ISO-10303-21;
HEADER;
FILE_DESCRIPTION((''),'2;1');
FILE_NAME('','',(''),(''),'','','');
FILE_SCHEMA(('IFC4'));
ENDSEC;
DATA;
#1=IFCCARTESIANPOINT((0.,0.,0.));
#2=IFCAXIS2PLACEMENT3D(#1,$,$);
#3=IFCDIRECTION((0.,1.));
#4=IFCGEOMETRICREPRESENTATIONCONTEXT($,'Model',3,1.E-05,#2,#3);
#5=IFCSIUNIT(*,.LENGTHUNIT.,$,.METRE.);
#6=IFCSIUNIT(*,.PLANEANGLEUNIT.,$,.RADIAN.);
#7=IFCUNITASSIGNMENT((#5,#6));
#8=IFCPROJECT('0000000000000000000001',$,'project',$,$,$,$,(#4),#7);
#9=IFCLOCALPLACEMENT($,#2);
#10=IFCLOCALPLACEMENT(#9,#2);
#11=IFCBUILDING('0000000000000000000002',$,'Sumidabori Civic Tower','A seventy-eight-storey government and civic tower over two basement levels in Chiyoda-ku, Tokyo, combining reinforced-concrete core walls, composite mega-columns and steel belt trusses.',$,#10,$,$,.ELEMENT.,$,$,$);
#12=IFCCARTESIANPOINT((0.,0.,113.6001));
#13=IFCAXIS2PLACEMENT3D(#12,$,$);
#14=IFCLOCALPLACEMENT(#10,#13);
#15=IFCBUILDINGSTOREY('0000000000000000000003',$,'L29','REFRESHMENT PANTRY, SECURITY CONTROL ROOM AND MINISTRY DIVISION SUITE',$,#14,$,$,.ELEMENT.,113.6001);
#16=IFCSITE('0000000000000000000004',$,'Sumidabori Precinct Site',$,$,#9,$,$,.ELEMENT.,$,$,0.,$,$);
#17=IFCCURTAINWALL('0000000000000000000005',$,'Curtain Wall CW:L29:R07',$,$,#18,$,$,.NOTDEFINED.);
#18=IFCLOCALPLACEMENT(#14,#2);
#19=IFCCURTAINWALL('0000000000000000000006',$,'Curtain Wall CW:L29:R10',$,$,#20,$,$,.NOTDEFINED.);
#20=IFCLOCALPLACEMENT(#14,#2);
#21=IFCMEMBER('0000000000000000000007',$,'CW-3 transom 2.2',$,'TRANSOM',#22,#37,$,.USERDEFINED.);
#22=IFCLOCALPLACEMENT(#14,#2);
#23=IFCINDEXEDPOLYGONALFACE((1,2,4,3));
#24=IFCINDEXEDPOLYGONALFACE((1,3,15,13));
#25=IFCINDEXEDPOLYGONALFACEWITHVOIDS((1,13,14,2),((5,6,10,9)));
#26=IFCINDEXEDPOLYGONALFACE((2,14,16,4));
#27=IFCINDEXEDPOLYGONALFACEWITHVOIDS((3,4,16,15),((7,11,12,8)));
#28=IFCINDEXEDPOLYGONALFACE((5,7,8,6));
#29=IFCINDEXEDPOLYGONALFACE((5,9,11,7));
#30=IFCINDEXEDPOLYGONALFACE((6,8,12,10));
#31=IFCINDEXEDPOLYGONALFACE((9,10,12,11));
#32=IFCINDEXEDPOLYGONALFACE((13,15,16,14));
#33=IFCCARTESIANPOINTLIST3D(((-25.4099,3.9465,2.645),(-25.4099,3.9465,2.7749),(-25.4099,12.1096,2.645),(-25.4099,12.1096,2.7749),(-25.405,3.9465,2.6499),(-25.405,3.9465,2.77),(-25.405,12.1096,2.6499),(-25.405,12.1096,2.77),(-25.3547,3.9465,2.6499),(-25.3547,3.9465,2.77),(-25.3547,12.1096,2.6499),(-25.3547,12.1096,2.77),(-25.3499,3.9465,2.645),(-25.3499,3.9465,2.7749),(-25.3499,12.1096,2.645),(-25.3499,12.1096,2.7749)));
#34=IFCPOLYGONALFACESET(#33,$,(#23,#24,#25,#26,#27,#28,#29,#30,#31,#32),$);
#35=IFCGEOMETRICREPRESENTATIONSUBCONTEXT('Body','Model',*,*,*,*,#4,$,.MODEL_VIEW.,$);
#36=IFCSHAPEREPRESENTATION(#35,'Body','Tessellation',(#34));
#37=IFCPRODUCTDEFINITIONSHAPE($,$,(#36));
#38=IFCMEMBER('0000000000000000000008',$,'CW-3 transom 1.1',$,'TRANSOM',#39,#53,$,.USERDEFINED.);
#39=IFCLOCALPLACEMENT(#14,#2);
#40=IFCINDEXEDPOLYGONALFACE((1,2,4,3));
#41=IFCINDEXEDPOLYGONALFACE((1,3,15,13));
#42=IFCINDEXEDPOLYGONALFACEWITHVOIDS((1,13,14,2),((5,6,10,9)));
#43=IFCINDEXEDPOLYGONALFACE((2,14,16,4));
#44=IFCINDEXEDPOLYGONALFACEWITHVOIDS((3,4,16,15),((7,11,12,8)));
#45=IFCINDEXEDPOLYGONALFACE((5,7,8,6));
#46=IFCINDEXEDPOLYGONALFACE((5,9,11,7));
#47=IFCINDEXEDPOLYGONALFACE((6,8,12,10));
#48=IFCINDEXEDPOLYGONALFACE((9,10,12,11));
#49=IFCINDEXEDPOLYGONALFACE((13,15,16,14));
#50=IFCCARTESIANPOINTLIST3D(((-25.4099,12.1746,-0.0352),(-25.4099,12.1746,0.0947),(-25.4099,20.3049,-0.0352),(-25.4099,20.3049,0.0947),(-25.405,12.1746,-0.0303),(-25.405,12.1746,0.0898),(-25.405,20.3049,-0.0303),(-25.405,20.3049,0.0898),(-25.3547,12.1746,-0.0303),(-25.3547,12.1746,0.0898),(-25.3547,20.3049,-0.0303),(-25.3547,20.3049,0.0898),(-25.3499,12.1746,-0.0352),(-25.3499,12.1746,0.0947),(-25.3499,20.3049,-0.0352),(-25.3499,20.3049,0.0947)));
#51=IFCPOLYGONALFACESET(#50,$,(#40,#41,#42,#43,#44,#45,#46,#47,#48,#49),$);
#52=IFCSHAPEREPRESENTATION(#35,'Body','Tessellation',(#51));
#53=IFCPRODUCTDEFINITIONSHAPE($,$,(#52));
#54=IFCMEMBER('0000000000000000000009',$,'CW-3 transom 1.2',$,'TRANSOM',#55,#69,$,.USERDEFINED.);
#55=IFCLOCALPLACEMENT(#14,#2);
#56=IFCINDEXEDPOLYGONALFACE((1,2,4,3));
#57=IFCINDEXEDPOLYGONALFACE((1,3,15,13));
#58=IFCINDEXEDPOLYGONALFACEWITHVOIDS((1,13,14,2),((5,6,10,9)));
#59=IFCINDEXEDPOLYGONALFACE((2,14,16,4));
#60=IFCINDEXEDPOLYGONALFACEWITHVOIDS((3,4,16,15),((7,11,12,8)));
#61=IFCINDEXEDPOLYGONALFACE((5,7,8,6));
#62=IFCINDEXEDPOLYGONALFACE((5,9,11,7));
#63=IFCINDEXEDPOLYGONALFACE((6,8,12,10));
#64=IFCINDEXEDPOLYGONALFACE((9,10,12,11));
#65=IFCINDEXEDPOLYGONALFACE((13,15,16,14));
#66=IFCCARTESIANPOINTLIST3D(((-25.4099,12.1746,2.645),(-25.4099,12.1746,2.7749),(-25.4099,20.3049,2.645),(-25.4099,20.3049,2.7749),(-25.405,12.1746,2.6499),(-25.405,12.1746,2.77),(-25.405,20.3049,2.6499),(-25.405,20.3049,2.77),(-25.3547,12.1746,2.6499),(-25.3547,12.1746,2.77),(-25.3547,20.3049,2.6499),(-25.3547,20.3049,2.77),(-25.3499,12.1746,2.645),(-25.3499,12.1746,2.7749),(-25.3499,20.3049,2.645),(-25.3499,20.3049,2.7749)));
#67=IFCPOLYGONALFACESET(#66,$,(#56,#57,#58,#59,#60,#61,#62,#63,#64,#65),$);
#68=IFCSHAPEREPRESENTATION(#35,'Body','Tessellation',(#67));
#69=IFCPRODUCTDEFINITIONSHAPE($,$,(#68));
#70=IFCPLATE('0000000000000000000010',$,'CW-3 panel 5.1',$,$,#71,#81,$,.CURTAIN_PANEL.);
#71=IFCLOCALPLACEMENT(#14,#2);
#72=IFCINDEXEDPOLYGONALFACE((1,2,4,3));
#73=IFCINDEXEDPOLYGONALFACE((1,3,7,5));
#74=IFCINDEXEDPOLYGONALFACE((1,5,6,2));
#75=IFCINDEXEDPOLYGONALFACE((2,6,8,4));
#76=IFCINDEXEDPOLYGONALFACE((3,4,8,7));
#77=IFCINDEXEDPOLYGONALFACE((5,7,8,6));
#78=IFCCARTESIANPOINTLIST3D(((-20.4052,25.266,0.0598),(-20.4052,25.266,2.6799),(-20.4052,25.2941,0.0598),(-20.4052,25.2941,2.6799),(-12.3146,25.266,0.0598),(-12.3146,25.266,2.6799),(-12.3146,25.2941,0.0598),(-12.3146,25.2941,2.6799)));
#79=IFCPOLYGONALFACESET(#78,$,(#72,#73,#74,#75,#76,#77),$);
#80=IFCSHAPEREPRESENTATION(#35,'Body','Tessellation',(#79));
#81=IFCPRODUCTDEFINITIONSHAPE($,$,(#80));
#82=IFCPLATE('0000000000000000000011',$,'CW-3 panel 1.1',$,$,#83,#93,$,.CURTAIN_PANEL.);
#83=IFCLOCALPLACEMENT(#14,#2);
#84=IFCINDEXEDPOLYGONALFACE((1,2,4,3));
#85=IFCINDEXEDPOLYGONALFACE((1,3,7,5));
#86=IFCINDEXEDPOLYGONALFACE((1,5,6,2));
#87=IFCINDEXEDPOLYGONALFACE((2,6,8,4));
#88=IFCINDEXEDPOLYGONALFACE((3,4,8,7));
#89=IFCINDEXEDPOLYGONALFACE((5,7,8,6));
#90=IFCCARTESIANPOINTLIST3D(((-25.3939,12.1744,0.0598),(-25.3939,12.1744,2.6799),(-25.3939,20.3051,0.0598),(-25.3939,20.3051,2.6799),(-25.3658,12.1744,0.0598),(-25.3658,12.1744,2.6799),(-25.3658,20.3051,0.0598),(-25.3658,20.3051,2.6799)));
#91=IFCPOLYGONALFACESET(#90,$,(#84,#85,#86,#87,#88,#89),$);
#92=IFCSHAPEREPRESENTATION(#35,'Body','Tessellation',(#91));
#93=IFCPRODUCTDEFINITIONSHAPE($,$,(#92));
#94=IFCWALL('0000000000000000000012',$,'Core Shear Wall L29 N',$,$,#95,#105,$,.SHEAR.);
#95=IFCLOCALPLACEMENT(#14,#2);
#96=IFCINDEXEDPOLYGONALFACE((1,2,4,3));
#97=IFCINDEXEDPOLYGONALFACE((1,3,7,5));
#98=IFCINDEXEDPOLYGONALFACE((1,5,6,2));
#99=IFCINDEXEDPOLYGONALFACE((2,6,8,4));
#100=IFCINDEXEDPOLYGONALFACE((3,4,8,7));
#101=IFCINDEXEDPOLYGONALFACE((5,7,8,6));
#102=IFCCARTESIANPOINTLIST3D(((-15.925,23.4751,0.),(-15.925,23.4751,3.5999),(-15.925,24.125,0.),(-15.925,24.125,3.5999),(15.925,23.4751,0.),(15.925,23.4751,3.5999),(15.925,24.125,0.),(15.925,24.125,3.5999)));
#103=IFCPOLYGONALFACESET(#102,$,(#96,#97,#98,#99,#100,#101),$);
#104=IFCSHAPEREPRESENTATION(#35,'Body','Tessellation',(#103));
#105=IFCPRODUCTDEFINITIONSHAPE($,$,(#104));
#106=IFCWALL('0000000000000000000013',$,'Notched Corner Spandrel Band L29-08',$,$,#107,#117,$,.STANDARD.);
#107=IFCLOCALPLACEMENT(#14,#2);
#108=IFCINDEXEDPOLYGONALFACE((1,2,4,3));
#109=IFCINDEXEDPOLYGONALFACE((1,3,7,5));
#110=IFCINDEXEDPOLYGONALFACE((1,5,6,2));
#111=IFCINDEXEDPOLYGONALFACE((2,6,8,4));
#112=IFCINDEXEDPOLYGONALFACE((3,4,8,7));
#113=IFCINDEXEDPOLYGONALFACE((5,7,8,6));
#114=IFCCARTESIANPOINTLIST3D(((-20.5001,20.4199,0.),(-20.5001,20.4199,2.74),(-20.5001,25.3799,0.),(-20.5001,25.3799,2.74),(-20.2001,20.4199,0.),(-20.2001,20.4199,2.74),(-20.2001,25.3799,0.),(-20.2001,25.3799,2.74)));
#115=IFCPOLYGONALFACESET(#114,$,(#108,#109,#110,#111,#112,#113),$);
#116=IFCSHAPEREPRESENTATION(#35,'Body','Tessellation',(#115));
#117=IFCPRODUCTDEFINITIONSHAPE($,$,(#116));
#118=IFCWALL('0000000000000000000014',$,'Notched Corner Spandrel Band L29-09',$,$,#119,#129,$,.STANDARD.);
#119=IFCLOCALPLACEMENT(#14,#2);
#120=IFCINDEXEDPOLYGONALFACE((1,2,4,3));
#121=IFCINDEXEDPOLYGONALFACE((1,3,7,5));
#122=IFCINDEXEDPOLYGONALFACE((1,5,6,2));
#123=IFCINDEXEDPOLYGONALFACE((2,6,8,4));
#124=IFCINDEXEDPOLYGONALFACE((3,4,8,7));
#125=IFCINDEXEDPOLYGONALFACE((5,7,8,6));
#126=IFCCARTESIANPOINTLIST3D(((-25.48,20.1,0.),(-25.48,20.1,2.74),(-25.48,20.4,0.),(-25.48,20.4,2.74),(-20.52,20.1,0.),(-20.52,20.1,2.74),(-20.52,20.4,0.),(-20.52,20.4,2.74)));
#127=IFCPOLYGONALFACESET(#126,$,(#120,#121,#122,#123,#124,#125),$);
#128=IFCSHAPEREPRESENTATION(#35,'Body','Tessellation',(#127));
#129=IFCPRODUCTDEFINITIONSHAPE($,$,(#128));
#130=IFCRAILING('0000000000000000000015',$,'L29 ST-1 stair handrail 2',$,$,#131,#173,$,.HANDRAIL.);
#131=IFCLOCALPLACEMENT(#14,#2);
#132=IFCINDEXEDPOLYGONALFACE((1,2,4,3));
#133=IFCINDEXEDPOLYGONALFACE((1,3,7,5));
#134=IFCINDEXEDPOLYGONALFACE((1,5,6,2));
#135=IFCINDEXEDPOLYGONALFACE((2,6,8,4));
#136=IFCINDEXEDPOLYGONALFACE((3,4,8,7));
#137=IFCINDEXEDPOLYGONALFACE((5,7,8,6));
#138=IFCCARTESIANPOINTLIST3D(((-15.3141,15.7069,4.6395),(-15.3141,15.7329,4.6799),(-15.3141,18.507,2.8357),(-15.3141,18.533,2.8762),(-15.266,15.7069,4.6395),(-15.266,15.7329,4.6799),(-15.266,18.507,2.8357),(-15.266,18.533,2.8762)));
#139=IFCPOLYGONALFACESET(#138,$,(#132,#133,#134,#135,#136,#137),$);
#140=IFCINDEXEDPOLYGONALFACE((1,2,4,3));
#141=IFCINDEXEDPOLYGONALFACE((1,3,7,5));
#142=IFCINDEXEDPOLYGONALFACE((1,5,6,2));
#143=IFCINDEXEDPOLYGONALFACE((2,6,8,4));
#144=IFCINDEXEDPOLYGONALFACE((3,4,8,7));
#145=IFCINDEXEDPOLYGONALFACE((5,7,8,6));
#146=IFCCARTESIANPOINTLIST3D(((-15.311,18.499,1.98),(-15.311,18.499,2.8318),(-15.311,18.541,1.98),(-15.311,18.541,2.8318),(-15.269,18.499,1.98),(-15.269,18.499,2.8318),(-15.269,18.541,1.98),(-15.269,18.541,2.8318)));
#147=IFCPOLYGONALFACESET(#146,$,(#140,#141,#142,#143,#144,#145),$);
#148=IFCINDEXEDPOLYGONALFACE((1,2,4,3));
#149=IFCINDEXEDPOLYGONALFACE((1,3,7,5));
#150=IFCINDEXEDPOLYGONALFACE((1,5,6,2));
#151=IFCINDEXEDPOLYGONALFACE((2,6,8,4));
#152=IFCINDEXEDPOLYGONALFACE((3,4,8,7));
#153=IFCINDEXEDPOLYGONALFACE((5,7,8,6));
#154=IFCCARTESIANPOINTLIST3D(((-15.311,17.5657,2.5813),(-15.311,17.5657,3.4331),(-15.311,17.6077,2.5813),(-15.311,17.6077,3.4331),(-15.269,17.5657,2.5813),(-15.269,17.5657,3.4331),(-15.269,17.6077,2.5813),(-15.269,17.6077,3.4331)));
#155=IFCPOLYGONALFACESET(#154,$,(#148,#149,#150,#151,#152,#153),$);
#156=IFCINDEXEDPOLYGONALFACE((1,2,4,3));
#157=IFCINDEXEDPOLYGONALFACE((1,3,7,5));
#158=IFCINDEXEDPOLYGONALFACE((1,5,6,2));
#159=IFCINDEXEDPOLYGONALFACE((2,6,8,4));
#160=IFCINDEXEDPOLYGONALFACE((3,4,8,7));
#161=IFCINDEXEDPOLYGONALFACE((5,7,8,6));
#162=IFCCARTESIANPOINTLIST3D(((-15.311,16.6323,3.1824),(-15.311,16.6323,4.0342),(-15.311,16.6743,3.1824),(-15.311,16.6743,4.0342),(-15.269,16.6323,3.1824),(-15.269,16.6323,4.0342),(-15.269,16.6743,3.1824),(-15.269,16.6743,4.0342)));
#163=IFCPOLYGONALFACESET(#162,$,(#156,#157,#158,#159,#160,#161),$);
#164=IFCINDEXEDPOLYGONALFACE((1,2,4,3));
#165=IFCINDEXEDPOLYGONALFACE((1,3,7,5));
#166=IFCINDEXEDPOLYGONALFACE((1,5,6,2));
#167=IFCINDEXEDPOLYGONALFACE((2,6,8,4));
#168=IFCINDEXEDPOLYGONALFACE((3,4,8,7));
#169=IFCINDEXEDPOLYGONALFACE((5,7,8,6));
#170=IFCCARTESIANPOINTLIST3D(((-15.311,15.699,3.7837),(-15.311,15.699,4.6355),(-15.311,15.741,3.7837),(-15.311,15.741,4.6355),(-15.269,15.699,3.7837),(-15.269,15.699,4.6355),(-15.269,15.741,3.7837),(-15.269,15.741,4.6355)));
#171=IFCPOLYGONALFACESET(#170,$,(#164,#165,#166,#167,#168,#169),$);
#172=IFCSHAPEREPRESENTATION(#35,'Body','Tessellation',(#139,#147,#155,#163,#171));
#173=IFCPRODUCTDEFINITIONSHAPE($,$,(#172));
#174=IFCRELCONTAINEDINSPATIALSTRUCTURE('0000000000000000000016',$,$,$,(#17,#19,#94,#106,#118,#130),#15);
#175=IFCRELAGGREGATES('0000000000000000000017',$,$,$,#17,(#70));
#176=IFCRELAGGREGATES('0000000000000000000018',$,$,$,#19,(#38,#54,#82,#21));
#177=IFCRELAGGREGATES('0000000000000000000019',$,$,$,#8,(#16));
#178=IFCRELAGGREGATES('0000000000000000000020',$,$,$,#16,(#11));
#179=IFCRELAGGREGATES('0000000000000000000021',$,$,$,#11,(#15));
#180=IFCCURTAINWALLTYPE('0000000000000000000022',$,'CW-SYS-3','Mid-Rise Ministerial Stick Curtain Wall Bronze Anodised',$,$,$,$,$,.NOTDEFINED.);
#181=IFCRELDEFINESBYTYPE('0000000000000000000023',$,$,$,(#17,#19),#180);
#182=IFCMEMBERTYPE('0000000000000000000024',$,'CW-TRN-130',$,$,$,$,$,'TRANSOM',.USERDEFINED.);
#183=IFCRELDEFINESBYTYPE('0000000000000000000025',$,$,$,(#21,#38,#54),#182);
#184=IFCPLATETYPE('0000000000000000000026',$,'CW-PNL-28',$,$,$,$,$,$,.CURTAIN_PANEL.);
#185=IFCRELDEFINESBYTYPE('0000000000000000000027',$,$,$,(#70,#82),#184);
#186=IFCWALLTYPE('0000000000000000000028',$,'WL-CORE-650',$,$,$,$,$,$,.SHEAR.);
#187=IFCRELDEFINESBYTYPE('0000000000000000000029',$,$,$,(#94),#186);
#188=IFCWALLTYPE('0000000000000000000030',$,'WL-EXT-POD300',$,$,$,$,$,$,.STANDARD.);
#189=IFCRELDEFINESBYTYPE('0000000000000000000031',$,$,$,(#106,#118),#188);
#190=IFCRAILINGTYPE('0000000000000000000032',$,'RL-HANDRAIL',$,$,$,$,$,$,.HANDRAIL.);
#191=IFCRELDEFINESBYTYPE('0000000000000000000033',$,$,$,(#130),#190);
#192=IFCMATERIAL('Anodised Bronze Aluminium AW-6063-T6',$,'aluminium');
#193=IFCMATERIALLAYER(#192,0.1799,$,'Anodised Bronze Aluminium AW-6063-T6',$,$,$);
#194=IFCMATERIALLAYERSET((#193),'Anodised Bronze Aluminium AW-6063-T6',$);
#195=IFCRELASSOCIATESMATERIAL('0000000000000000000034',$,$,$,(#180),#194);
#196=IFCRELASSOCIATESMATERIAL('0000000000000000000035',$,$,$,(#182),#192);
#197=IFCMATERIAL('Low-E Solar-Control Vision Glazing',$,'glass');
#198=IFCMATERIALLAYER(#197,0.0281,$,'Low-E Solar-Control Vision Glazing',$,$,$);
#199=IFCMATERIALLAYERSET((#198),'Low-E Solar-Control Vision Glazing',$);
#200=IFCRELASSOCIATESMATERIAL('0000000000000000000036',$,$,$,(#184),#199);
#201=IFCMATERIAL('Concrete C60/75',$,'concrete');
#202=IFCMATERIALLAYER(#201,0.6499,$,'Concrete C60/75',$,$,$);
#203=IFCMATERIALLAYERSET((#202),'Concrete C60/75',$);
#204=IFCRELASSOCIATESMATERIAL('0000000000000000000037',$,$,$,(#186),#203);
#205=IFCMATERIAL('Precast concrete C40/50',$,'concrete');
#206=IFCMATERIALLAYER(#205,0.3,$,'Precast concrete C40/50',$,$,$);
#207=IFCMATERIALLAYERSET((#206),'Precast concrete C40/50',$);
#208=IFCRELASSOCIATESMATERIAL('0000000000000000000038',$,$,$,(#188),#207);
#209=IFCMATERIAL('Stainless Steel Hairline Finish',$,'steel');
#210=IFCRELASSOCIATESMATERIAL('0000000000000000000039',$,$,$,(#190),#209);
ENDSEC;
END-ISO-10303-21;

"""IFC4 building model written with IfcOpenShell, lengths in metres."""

from ifc_helpers import new_model, si_unit, direction, frame, frame_2d, origin, origin_2d, place, context, subcontext, project, spatial, rectangle, hollow_rectangle, extrude, source, transform, mapped, material, layer, layer_set, material_profile, profile_set, type_object, element, aggregate, save


model = new_model("IFC4")

# Units and contexts
model_context = context("Model", 3, precision=1e-05, world=origin(), true_north=direction((0.0, 1.0)))
body_context = subcontext(model_context, "Body", "Model", "MODEL_VIEW")
ifc_project = project(units=[si_unit("LENGTHUNIT", "METRE"), si_unit("PLANEANGLEUNIT", "RADIAN")], contexts=[model_context])

# Site, building, storey
site_placement = place(None, origin())
site = spatial("IfcSite", under=ifc_project, at=site_placement, Name="Sumidabori Precinct Site", CompositionType="ELEMENT", RefElevation=0.0)
building_placement = place(site_placement, origin())
building = spatial("IfcBuilding", under=site, at=building_placement, Name="Sumidabori Civic Tower", Description="A seventy-eight-storey government and civic tower over two basement levels in Chiyoda-ku, Tokyo, combining reinforced-concrete core walls, composite mega-columns and steel belt trusses.", CompositionType="ELEMENT")
storey_placement = place(building_placement, frame((0.0, 0.0, 113.6001)))
storey = spatial("IfcBuildingStorey", under=building, at=storey_placement, Name="L29", Description="REFRESHMENT PANTRY, SECURITY CONTROL ROOM AND MINISTRY DIVISION SUITE", CompositionType="ELEMENT", Elevation=113.6001)

# Shared definitions
ifc_material_1 = material(Name="Concrete C60/75", Category="concrete")

# Curtain wall
ifc_material_2 = material(Name="Anodised Bronze Aluminium AW-6063-T6", Category="aluminium")
ifc_layer_1 = layer(ifc_material_2, 0.1799, Name="Anodised Bronze Aluminium AW-6063-T6")
ifc_layer_set_1 = layer_set([ifc_layer_1], Name="Anodised Bronze Aluminium AW-6063-T6")
curtain_wall_type = type_object("IfcCurtainWallType", Name="CW-SYS-3", Description="Mid-Rise Ministerial Stick Curtain Wall Bronze Anodised", PredefinedType="NOTDEFINED", material=ifc_layer_set_1)
curtain_wall_1_placement = place(storey_placement, origin())
curtain_wall_1 = element("IfcCurtainWall", 1, at=curtain_wall_1_placement, inside=storey, type_object=curtain_wall_type, Name="Curtain Wall CW:L29:R07", PredefinedType="NOTDEFINED")

# Curtain wall, members
curtain_wall_2_placement = place(storey_placement, origin())
curtain_wall_2 = element("IfcCurtainWall", 2, at=curtain_wall_2_placement, inside=storey, type_object=curtain_wall_type, Name="Curtain Wall CW:L29:R10", PredefinedType="NOTDEFINED")
ifc_material_profile_1 = material_profile(ifc_material_2, hollow_rectangle(XDim=0.0601, YDim=0.1299, WallThickness=0.0049, at=origin_2d()), Name="ALU TRANSOM 130x60")
ifc_profile_set_1 = profile_set([ifc_material_profile_1], Name="Anodised Bronze Aluminium AW-6063-T6")
member_type_1 = type_object("IfcMemberType", Name="CW-TRN-130", ElementType="TRANSOM", PredefinedType="USERDEFINED", material=ifc_profile_set_1)
shared_shape_1 = source(origin(), body_context, "Body", "SweptSolid", [
    extrude(hollow_rectangle(XDim=0.0601, YDim=0.1299, WallThickness=0.0049, at=origin_2d()), origin(), (0.0, 0.0, 1.0), 8.1631),
])
member_1_placement = place(storey_placement, frame((-25.3799, 12.1096, 2.71), z_axis=(0.0, -1.0, 0.0), x_axis=(1.0, 0.0, 0.0)))
member_1 = element("IfcMember", 3, at=member_1_placement, type_object=member_type_1, Name="CW-3 transom 2.2", ObjectType="TRANSOM", PredefinedType="USERDEFINED", context=body_context, shape_type="MappedRepresentation", body=[
    mapped(shared_shape_1, transform((0.0, 0.0, 0.0), x_axis=(1.0, 0.0, 0.0), y_axis=(0.0, 1.0, 0.0), z_axis=(0.0, 0.0, 1.0), scale=1.0)),
])
shared_shape_2 = source(origin(), body_context, "Body", "SweptSolid", [
    extrude(hollow_rectangle(XDim=0.0601, YDim=0.1299, WallThickness=0.0049, at=origin_2d()), origin(), (0.0, 0.0, 1.0), 8.1304),
])
member_2_placement = place(storey_placement, frame((-25.3799, 20.3049, 0.0298), z_axis=(0.0, -1.0, 0.0), x_axis=(1.0, 0.0, 0.0)))
member_2 = element("IfcMember", 4, at=member_2_placement, type_object=member_type_1, Name="CW-3 transom 1.1", ObjectType="TRANSOM", PredefinedType="USERDEFINED", context=body_context, shape_type="MappedRepresentation", body=[
    mapped(shared_shape_2, transform((0.0, 0.0, 0.0), x_axis=(1.0, 0.0, 0.0), y_axis=(0.0, 1.0, 0.0), z_axis=(0.0, 0.0, 1.0), scale=1.0)),
])
member_3_placement = place(storey_placement, frame((-25.3799, 20.3049, 2.71), z_axis=(0.0, -1.0, 0.0), x_axis=(1.0, 0.0, 0.0)))
member_3 = element("IfcMember", 5, at=member_3_placement, type_object=member_type_1, Name="CW-3 transom 1.2", ObjectType="TRANSOM", PredefinedType="USERDEFINED", context=body_context, shape_type="MappedRepresentation", body=[
    mapped(shared_shape_2, transform((0.0, 0.0, 0.0), x_axis=(1.0, 0.0, 0.0), y_axis=(0.0, 1.0, 0.0), z_axis=(0.0, 0.0, 1.0), scale=1.0)),
])

# Plates
ifc_material_3 = material(Name="Low-E Solar-Control Vision Glazing", Category="glass")
ifc_layer_2 = layer(ifc_material_3, 0.0281, Name="Low-E Solar-Control Vision Glazing")
ifc_layer_set_2 = layer_set([ifc_layer_2], Name="Low-E Solar-Control Vision Glazing")
plate_type = type_object("IfcPlateType", Name="CW-PNL-28", PredefinedType="CURTAIN_PANEL", material=ifc_layer_set_2)
shared_shape_3 = source(origin(), body_context, "Body", "SweptSolid", [
    extrude(rectangle(XDim=8.0906, YDim=0.0281, at=origin_2d()), origin(), (0.0, 0.0, 1.0), 2.6201),
])
plate_1_placement = place(storey_placement, frame((-16.3599, 25.28, 0.0598), z_axis=(0.0, 0.0, 1.0), x_axis=(-1.0, 0.0, 0.0)))
plate_1 = element("IfcPlate", 6, at=plate_1_placement, type_object=plate_type, Name="CW-3 panel 5.1", PredefinedType="CURTAIN_PANEL", context=body_context, shape_type="MappedRepresentation", body=[
    mapped(shared_shape_3, transform((0.0, 0.0, 0.0), x_axis=(1.0, 0.0, 0.0), y_axis=(0.0, 1.0, 0.0), z_axis=(0.0, 0.0, 1.0), scale=1.0)),
])
aggregate(curtain_wall_1, [plate_1])
shared_shape_4 = source(origin(), body_context, "Body", "SweptSolid", [
    extrude(rectangle(XDim=8.1306, YDim=0.0281, at=origin_2d()), origin(), (0.0, 0.0, 1.0), 2.6201),
])
plate_2_placement = place(storey_placement, frame((-25.3799, 16.2397, 0.0598), z_axis=(0.0, 0.0, 1.0), x_axis=(0.0, -1.0, 0.0)))
plate_2 = element("IfcPlate", 7, at=plate_2_placement, type_object=plate_type, Name="CW-3 panel 1.1", PredefinedType="CURTAIN_PANEL", context=body_context, shape_type="MappedRepresentation", body=[
    mapped(shared_shape_4, transform((0.0, 0.0, 0.0), x_axis=(1.0, 0.0, 0.0), y_axis=(0.0, 1.0, 0.0), z_axis=(0.0, 0.0, 1.0), scale=1.0)),
])
aggregate(curtain_wall_2, [member_2, member_3, plate_2, member_1])

# Walls
ifc_layer_3 = layer(ifc_material_1, 0.6499, Name="Concrete C60/75")
ifc_layer_set_3 = layer_set([ifc_layer_3], Name="Concrete C60/75")
wall_type_1 = type_object("IfcWallType", Name="WL-CORE-650", PredefinedType="SHEAR", material=ifc_layer_set_3)
shared_shape_5 = source(origin(), body_context, "Body", "SweptSolid", [
    extrude(rectangle(XDim=31.8501, YDim=0.6499, at=frame_2d((15.925, 0.0))), origin(), (0.0, 0.0, 1.0), 3.5999),
])
wall_placement = place(storey_placement, frame((-15.925, 23.8, 0.0), z_axis=(0.0, 0.0, 1.0), x_axis=(1.0, 0.0, 0.0)))
element("IfcWall", 8, at=wall_placement, inside=storey, type_object=wall_type_1, Name="Core Shear Wall L29 N", PredefinedType="SHEAR", context=body_context, shape_type="MappedRepresentation", body=[
    mapped(shared_shape_5, transform((0.0, 0.0, 0.0), x_axis=(1.0, 0.0, 0.0), y_axis=(0.0, 1.0, 0.0), z_axis=(0.0, 0.0, 1.0), scale=1.0)),
])
ifc_material_4 = material(Name="Precast concrete C40/50", Category="concrete")
ifc_layer_4 = layer(ifc_material_4, 0.3, Name="Precast concrete C40/50")
ifc_layer_set_4 = layer_set([ifc_layer_4], Name="Precast concrete C40/50")
wall_type_2 = type_object("IfcWallType", Name="WL-EXT-POD300", PredefinedType="STANDARD", material=ifc_layer_set_4)
shared_shape_6 = source(origin(), body_context, "Body", "SweptSolid", [
    extrude(rectangle(XDim=4.96, YDim=0.3, at=frame_2d((2.48, 0.0))), origin(), (0.0, 0.0, 1.0), 2.74),
])
for number, where, z_axis, x_axis, name in (
    (9, (-20.3501, 25.3799, 0.0), (0.0, 0.0, 1.0), (0.0, -1.0, 0.0), "Notched Corner Spandrel Band L29-08"),
    (10, (-20.52, 20.25, 0.0), (0.0, 0.0, 1.0), (-1.0, 0.0, 0.0), "Notched Corner Spandrel Band L29-09"),
):
    element("IfcWall", number, at=place(storey_placement, frame(where, z_axis=z_axis, x_axis=x_axis)), inside=storey, type_object=wall_type_2, Name=name, PredefinedType="STANDARD", context=body_context, shape_type="MappedRepresentation", body=[
        mapped(shared_shape_6, transform((0.0, 0.0, 0.0), x_axis=(1.0, 0.0, 0.0), y_axis=(0.0, 1.0, 0.0), z_axis=(0.0, 0.0, 1.0), scale=1.0)),
    ])

# Railing
ifc_material_5 = material(Name="Stainless Steel Hairline Finish", Category="steel")
railing_type = type_object("IfcRailingType", Name="RL-HANDRAIL", PredefinedType="HANDRAIL", material=ifc_material_5)
railing_placement = place(storey_placement, frame((-15.29, 18.52, 1.98)))
element("IfcRailing", 11, at=railing_placement, inside=storey, type_object=railing_type, Name="L29 ST-1 stair handrail 2", PredefinedType="HANDRAIL", context=body_context, shape_type="SweptSolid", body=[
    extrude(rectangle(XDim=0.0481, YDim=0.0481, at=origin_2d()), frame((0.0, 0.0, 0.876), z_axis=(0.0, -0.840676, 0.541539), x_axis=(1.0, 0.0, 0.0)), (0.0, 0.0, 1.0), 3.3308),
    extrude(rectangle(XDim=0.042, YDim=0.042, at=origin_2d()), origin(), (0.0, 0.0, 1.0), 0.8518),
    extrude(rectangle(XDim=0.042, YDim=0.042, at=origin_2d()), frame((0.0, -0.9333, 0.6013)), (0.0, 0.0, 1.0), 0.8518),
    extrude(rectangle(XDim=0.042, YDim=0.042, at=origin_2d()), frame((0.0, -1.8667, 1.2024)), (0.0, 0.0, 1.0), 0.8518),
    extrude(rectangle(XDim=0.042, YDim=0.042, at=origin_2d()), frame((0.0, -2.8, 1.8037)), (0.0, 0.0, 1.0), 0.8518),
])

save(model, "model.ifc")
